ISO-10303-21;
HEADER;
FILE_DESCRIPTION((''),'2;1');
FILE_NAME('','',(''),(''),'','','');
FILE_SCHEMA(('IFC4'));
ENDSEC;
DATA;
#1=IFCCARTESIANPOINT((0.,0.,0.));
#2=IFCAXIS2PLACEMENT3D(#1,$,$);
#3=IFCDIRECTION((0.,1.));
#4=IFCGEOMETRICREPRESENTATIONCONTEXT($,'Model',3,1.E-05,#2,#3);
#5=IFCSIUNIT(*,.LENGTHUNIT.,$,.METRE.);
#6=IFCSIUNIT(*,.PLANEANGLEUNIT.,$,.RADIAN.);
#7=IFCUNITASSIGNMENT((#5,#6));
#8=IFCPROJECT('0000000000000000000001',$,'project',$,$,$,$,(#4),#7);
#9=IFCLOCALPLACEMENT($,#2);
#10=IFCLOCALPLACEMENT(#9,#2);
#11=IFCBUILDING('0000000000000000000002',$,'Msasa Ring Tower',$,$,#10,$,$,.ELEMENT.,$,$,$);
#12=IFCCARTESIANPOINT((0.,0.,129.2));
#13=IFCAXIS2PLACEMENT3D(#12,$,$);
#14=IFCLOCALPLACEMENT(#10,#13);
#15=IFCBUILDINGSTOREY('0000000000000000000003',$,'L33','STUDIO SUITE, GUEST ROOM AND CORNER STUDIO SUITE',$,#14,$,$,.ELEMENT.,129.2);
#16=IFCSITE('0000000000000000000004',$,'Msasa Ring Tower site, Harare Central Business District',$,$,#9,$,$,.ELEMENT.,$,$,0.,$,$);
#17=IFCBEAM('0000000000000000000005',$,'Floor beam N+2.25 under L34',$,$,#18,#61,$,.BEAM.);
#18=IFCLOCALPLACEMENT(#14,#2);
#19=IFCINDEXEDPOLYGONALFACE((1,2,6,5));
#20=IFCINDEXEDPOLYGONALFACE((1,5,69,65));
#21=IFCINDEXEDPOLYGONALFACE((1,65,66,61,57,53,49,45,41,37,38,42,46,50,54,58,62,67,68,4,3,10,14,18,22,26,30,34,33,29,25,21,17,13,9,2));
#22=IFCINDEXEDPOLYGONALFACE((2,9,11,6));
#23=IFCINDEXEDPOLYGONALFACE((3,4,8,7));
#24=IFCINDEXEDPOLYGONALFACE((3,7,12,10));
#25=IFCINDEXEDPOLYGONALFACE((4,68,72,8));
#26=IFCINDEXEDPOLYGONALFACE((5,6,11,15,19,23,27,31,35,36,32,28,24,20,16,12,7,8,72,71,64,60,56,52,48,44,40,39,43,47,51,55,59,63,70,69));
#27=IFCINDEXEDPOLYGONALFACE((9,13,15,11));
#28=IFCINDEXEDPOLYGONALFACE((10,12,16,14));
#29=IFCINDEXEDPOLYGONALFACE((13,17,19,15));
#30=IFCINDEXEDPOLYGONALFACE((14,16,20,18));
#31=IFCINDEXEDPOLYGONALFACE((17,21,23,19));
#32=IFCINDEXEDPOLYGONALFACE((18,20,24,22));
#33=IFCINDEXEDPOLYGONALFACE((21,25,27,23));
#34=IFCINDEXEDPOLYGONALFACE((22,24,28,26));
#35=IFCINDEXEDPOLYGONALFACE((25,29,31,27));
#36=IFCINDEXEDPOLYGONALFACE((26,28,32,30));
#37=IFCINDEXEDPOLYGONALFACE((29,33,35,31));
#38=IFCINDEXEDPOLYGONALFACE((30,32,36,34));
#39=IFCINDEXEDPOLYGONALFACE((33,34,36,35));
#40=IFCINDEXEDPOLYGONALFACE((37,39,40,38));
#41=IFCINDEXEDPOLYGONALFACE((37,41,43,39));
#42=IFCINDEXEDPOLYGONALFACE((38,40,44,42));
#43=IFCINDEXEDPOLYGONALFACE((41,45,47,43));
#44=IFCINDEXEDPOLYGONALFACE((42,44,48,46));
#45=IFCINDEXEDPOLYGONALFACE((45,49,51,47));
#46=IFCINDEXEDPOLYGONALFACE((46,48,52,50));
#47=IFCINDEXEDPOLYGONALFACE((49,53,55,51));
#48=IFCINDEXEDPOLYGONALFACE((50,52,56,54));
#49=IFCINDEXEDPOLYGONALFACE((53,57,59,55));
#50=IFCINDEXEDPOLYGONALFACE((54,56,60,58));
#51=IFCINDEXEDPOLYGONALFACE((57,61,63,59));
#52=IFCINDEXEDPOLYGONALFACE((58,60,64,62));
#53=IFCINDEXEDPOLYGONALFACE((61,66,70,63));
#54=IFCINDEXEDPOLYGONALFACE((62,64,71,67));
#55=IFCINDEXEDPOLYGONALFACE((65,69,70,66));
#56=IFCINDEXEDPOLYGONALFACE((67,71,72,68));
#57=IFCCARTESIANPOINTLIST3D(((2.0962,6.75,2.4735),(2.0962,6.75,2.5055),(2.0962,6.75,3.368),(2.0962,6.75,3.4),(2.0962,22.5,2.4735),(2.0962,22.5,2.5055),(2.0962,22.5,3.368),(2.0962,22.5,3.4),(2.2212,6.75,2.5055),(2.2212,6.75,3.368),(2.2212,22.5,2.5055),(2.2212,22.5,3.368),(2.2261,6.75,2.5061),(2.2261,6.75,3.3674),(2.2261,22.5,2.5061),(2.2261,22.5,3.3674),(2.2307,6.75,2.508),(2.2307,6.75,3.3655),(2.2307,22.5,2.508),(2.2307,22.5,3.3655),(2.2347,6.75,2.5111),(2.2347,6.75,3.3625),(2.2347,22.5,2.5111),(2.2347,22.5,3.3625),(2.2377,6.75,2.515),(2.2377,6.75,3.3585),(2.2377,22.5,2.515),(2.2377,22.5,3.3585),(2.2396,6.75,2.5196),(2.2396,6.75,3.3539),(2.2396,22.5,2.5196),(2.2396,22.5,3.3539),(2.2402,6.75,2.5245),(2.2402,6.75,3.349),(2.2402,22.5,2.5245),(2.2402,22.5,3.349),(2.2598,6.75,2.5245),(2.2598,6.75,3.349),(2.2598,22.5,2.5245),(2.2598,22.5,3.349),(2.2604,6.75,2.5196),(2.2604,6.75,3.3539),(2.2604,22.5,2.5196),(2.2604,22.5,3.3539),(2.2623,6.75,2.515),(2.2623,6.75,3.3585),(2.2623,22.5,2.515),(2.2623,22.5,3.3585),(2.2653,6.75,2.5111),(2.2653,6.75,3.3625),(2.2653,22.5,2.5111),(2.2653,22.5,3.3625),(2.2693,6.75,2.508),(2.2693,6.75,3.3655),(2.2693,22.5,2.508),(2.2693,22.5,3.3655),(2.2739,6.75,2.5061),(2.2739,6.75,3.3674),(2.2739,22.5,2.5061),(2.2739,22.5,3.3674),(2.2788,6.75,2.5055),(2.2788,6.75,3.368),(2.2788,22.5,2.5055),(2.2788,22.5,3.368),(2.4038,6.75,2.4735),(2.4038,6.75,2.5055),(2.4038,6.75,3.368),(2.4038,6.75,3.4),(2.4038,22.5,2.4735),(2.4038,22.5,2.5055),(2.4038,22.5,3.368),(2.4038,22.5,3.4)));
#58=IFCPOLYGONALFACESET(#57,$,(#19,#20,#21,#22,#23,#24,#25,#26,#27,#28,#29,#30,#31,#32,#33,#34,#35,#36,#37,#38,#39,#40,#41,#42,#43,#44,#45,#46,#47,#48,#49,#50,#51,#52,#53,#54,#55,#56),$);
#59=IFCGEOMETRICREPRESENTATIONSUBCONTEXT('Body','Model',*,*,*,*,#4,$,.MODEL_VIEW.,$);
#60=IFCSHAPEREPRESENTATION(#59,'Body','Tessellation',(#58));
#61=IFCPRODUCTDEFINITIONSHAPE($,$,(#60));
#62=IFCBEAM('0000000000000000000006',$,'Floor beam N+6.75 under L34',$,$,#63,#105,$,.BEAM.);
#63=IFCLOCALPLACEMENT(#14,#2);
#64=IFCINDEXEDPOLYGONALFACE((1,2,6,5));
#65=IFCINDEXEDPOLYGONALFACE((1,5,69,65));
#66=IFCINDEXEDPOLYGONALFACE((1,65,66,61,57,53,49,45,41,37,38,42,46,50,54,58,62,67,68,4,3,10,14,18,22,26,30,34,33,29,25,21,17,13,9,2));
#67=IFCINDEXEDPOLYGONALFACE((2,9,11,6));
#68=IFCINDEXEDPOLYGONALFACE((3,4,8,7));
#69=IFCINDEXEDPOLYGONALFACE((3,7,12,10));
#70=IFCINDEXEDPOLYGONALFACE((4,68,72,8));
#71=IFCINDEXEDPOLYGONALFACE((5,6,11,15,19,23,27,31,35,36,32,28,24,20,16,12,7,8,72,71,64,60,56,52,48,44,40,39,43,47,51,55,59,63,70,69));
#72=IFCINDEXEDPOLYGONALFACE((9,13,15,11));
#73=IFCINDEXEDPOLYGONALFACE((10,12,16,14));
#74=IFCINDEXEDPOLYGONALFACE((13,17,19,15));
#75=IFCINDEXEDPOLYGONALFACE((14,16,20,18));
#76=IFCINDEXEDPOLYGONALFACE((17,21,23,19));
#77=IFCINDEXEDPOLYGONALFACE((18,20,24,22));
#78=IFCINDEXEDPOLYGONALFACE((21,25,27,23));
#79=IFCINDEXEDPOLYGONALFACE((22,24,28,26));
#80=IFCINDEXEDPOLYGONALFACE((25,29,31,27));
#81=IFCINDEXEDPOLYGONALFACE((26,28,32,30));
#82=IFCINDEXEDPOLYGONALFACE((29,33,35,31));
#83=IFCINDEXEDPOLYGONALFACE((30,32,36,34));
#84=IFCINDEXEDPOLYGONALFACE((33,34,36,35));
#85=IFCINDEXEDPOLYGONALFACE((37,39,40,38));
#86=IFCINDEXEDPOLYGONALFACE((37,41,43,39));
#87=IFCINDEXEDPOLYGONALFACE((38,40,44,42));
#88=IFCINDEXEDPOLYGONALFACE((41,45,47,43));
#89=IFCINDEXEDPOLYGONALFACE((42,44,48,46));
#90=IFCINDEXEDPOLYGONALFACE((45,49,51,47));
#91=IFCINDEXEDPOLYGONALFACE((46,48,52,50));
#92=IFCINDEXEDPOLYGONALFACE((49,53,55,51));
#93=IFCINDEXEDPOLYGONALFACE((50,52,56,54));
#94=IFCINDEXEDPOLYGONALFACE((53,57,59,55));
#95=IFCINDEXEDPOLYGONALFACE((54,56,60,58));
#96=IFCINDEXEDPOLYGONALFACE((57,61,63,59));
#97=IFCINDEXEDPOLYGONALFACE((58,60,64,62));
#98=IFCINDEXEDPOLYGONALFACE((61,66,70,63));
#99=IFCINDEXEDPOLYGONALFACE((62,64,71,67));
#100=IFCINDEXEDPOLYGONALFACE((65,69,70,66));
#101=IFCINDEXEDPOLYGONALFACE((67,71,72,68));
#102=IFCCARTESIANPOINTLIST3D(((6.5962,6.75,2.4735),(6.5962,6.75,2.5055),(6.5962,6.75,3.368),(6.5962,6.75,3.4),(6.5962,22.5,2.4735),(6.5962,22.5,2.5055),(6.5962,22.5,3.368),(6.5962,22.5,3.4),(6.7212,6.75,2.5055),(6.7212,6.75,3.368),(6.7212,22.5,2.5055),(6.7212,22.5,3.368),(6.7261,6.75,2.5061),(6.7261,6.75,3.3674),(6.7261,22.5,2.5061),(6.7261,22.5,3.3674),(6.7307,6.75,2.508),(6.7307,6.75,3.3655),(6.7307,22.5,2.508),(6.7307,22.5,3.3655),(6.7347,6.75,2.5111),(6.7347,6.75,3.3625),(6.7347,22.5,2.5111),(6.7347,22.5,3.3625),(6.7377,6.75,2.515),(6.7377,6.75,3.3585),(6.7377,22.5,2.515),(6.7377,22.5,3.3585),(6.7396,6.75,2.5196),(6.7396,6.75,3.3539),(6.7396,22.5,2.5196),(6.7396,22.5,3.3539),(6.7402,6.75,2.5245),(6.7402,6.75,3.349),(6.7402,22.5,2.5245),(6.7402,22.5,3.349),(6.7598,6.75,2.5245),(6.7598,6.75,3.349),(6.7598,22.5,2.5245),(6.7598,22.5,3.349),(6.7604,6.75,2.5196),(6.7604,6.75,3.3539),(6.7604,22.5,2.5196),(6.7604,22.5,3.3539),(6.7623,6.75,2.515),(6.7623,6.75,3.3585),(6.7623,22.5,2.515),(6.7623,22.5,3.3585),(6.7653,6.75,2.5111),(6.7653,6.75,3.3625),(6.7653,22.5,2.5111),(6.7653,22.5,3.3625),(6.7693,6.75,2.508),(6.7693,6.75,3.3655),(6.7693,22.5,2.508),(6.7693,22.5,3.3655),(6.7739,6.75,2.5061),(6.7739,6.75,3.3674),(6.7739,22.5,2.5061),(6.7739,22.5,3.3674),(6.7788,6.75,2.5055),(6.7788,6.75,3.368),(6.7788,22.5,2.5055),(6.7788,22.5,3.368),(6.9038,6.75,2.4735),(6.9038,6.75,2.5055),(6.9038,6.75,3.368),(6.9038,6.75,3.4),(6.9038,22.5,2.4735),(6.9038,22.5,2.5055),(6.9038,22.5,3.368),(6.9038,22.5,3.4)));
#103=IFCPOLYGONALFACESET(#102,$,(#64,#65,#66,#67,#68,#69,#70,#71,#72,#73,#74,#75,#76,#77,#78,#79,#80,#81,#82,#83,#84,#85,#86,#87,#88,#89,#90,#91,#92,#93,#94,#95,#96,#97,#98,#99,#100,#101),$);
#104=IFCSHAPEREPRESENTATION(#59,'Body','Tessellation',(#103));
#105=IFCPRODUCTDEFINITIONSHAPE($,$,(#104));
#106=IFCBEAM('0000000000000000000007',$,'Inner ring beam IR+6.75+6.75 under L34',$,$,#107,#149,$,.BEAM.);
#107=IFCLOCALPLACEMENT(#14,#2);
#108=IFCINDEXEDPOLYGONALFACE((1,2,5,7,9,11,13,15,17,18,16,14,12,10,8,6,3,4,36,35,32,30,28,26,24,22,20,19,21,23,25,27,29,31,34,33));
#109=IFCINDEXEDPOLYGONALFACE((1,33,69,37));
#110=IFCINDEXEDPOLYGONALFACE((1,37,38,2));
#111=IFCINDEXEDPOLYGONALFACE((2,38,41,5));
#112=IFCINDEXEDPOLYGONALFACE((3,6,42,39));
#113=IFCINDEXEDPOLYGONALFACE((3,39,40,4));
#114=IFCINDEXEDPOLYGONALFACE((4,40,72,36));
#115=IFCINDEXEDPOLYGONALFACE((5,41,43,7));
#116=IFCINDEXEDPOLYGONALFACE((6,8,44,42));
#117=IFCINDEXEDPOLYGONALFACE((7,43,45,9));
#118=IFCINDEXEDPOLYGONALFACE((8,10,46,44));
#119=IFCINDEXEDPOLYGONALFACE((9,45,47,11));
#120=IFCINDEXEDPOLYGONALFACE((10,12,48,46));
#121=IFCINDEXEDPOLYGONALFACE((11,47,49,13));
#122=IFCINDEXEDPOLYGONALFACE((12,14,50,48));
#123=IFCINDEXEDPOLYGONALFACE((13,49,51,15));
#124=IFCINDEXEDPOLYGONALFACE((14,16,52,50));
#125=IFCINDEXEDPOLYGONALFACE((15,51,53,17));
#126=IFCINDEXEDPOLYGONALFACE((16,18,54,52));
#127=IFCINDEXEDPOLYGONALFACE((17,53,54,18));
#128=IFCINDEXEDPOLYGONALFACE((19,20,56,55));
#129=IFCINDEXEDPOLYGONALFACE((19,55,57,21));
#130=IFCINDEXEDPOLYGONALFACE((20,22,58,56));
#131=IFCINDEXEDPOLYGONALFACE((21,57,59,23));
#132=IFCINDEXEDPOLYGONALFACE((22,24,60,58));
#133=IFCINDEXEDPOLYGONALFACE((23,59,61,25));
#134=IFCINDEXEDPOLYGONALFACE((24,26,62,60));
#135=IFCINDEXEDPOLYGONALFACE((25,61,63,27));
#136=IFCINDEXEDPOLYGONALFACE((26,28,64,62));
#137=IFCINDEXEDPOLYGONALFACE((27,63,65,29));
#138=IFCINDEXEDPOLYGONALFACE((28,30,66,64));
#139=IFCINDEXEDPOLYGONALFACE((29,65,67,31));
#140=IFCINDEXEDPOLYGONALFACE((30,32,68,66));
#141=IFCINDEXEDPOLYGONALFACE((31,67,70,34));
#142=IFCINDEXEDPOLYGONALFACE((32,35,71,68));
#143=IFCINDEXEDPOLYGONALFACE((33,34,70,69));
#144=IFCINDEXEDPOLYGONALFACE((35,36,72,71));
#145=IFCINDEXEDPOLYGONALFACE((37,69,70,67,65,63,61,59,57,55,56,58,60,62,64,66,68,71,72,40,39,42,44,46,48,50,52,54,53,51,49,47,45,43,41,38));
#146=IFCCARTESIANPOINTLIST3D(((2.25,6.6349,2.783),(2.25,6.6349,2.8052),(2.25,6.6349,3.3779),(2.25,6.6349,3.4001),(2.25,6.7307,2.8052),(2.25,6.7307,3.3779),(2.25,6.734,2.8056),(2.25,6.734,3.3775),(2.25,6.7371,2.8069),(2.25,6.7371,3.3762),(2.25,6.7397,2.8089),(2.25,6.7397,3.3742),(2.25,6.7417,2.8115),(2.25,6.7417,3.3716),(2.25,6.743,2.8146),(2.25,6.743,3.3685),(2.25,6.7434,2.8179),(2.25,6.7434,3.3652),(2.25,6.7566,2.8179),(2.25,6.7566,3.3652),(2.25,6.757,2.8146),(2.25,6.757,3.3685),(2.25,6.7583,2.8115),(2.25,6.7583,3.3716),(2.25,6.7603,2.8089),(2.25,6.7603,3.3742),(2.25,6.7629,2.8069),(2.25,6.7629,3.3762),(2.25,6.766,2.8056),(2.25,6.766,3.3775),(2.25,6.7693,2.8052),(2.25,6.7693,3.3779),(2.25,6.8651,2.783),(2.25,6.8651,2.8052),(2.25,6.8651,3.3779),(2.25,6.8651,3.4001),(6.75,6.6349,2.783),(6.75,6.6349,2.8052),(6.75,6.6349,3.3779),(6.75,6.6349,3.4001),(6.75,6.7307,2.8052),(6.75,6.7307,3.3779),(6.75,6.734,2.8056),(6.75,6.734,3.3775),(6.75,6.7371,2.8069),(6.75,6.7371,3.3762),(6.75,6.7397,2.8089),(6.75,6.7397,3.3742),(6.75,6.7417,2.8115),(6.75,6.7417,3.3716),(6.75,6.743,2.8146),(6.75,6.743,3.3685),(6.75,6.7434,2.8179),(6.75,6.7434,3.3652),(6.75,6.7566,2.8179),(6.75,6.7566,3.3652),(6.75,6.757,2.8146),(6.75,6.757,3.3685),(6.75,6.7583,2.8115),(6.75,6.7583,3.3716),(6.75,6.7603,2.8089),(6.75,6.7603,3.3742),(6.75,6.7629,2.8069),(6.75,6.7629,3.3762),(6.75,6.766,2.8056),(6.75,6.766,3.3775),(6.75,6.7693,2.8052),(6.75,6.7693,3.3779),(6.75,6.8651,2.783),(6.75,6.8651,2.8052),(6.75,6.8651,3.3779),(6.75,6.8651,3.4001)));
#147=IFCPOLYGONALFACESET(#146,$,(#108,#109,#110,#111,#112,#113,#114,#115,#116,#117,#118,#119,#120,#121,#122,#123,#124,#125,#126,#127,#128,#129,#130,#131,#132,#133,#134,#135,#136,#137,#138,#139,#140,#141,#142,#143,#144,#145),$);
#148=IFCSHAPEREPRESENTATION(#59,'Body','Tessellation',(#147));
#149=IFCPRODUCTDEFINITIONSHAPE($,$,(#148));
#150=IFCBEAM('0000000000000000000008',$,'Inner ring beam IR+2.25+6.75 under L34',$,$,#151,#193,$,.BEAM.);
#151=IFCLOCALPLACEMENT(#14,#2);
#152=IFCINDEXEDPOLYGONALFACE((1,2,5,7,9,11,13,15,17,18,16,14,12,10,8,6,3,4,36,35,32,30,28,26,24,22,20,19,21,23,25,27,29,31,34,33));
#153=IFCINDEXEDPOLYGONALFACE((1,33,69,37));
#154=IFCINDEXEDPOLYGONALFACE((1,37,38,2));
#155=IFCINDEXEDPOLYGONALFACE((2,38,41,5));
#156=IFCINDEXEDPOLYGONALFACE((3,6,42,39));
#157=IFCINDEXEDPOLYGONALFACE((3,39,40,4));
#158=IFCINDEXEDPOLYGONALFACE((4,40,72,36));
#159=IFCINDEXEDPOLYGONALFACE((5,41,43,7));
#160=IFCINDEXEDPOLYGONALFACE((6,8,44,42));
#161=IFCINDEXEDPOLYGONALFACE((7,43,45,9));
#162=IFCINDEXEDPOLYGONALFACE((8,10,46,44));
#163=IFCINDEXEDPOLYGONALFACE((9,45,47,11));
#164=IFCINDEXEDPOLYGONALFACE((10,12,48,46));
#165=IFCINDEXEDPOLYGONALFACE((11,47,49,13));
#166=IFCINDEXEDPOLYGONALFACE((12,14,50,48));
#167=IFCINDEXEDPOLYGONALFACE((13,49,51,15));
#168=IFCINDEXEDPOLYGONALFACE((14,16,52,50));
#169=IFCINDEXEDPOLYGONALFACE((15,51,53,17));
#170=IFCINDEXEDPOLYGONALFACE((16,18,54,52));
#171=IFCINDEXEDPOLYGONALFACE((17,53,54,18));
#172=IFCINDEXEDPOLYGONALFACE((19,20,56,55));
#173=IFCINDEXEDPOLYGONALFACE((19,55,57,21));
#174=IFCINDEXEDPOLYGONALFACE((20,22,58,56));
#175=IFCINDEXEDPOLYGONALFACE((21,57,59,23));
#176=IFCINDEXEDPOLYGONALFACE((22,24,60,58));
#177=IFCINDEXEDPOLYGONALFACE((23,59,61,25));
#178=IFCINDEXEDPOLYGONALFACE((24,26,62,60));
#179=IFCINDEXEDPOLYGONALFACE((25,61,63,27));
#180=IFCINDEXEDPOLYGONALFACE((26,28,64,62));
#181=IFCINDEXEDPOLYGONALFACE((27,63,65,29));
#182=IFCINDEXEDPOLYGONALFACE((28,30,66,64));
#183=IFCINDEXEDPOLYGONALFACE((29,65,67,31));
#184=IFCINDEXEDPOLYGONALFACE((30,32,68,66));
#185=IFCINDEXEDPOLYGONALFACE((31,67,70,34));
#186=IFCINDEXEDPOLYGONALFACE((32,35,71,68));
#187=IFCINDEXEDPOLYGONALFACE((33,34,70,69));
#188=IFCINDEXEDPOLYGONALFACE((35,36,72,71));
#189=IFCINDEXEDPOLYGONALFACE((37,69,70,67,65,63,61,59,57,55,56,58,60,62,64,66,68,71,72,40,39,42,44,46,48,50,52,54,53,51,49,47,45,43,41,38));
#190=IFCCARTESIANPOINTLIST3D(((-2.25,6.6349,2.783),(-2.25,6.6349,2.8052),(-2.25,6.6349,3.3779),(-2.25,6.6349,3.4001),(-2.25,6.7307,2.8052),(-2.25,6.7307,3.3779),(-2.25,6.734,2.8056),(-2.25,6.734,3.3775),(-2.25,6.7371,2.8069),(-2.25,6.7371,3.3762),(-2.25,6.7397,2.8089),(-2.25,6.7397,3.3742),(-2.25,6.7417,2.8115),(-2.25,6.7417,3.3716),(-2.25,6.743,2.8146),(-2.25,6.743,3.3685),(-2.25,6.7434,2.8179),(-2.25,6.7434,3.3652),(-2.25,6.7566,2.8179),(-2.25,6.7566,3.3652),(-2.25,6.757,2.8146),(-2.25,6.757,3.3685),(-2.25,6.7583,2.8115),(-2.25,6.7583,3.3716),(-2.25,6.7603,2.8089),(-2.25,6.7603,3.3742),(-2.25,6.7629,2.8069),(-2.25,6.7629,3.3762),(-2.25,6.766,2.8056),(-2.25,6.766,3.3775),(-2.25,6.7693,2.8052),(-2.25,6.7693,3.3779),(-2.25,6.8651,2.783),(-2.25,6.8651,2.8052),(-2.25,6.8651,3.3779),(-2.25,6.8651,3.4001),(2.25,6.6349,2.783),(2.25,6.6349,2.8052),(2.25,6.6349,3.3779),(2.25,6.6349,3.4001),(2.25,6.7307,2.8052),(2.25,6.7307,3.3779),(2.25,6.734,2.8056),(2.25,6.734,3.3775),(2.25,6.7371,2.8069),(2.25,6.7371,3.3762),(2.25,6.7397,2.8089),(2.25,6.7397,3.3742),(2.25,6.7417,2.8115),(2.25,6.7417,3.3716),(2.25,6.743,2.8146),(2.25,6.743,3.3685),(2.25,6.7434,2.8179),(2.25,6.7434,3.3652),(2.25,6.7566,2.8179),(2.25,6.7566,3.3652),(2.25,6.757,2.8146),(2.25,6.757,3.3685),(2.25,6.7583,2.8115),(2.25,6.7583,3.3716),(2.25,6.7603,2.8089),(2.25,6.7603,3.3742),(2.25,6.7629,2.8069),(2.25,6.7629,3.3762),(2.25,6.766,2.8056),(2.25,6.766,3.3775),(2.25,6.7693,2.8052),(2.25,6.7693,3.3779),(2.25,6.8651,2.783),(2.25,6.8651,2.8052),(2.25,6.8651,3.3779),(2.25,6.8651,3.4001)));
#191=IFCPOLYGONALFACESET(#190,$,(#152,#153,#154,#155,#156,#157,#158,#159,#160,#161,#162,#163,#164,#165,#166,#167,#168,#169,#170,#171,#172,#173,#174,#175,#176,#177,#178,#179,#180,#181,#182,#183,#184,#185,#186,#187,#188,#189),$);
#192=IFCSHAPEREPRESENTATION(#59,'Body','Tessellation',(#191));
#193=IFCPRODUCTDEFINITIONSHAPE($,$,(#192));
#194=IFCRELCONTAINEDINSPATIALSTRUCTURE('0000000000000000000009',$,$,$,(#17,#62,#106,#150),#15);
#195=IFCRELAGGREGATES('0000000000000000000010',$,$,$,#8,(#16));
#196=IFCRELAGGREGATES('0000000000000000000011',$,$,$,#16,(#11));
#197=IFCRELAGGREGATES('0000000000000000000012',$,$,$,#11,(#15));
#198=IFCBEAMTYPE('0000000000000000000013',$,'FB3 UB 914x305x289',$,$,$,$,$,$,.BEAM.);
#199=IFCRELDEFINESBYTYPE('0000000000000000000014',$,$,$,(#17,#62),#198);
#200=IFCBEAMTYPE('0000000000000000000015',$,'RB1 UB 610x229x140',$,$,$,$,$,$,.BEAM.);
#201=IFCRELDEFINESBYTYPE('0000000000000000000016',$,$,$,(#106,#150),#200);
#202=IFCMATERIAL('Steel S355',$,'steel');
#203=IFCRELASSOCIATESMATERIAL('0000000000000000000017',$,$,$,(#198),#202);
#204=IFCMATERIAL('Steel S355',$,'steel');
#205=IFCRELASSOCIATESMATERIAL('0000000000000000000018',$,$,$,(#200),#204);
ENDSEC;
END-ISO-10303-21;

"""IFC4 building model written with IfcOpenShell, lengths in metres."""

from ifc_helpers import new_model, si_unit, direction, frame, origin, origin_2d, place, context, subcontext, project, spatial, i_section, extrude, material, material_profile, profile_set, type_object, element, save


model = new_model("IFC4")

# Units and contexts
model_context = context("Model", 3, precision=1e-05, world=origin(), true_north=direction((0.0, 1.0)))
body_context = subcontext(model_context, "Body", "Model", "MODEL_VIEW")
ifc_project = project(units=[si_unit("LENGTHUNIT", "METRE"), si_unit("PLANEANGLEUNIT", "RADIAN")], contexts=[model_context])

# Site, building, storey
site_placement = place(None, origin())
site = spatial("IfcSite", under=ifc_project, at=site_placement, Name="Msasa Ring Tower site, Harare Central Business District", CompositionType="ELEMENT", RefElevation=0.0)
building_placement = place(site_placement, origin())
building = spatial("IfcBuilding", under=site, at=building_placement, Name="Msasa Ring Tower", CompositionType="ELEMENT")
storey_placement = place(building_placement, frame((0.0, 0.0, 129.2)))
storey = spatial("IfcBuildingStorey", under=building, at=storey_placement, Name="L33", Description="STUDIO SUITE, GUEST ROOM AND CORNER STUDIO SUITE", CompositionType="ELEMENT", Elevation=129.2)

# Beams
ifc_material_1 = material(Name="Steel S355", Category="steel")
ifc_material_profile_1 = material_profile(ifc_material_1, i_section(OverallWidth=0.3076, OverallDepth=0.9265, WebThickness=0.0195, FlangeThickness=0.032, FilletRadius=0.019, at=origin_2d()), Name="UB 914x305x289")
ifc_profile_set_1 = profile_set([ifc_material_profile_1], Name="Steel S355")
beam_type_1 = type_object("IfcBeamType", Name="FB3 UB 914x305x289", PredefinedType="BEAM", material=ifc_profile_set_1)
for number, where, z_axis, x_axis, name in (
    (1, (2.25, 22.5, 2.9368), (0.0, -1.0, 0.0), (1.0, 0.0, 0.0), "Floor beam N+2.25 under L34"),
    (2, (6.75, 22.5, 2.9368), (0.0, -1.0, 0.0), (1.0, 0.0, 0.0), "Floor beam N+6.75 under L34"),
):
    element("IfcBeam", number, at=place(storey_placement, frame(where, z_axis=z_axis, x_axis=x_axis)), inside=storey, type_object=beam_type_1, Name=name, PredefinedType="BEAM", context=body_context, shape_type="SweptSolid", body=[
        extrude(i_section(OverallWidth=0.3076, OverallDepth=0.9265, WebThickness=0.0195, FlangeThickness=0.032, FilletRadius=0.019, at=origin_2d()), origin(), (0.0, 0.0, 1.0), 15.75),
    ])
ifc_material_2 = material(Name="Steel S355", Category="steel")
ifc_material_profile_2 = material_profile(ifc_material_2, i_section(OverallWidth=0.2302, OverallDepth=0.6172, WebThickness=0.0132, FlangeThickness=0.0222, FilletRadius=0.0127, at=origin_2d()), Name="UB 610x229x140")
ifc_profile_set_2 = profile_set([ifc_material_profile_2], Name="Steel S355")
beam_type_2 = type_object("IfcBeamType", Name="RB1 UB 610x229x140", PredefinedType="BEAM", material=ifc_profile_set_2)
for number, where, z_axis, x_axis, name in (
    (3, (6.75, 6.75, 3.0916), (-1.0, 0.0, 0.0), (0.0, -1.0, 0.0), "Inner ring beam IR+6.75+6.75 under L34"),
    (4, (2.25, 6.75, 3.0916), (-1.0, 0.0, 0.0), (0.0, -1.0, 0.0), "Inner ring beam IR+2.25+6.75 under L34"),
):
    element("IfcBeam", number, at=place(storey_placement, frame(where, z_axis=z_axis, x_axis=x_axis)), inside=storey, type_object=beam_type_2, Name=name, PredefinedType="BEAM", context=body_context, shape_type="SweptSolid", body=[
        extrude(i_section(OverallWidth=0.2302, OverallDepth=0.6172, WebThickness=0.0132, FlangeThickness=0.0222, FilletRadius=0.0127, at=origin_2d()), origin(), (0.0, 0.0, 1.0), 4.5),
    ])

save(model, "model.ifc")
